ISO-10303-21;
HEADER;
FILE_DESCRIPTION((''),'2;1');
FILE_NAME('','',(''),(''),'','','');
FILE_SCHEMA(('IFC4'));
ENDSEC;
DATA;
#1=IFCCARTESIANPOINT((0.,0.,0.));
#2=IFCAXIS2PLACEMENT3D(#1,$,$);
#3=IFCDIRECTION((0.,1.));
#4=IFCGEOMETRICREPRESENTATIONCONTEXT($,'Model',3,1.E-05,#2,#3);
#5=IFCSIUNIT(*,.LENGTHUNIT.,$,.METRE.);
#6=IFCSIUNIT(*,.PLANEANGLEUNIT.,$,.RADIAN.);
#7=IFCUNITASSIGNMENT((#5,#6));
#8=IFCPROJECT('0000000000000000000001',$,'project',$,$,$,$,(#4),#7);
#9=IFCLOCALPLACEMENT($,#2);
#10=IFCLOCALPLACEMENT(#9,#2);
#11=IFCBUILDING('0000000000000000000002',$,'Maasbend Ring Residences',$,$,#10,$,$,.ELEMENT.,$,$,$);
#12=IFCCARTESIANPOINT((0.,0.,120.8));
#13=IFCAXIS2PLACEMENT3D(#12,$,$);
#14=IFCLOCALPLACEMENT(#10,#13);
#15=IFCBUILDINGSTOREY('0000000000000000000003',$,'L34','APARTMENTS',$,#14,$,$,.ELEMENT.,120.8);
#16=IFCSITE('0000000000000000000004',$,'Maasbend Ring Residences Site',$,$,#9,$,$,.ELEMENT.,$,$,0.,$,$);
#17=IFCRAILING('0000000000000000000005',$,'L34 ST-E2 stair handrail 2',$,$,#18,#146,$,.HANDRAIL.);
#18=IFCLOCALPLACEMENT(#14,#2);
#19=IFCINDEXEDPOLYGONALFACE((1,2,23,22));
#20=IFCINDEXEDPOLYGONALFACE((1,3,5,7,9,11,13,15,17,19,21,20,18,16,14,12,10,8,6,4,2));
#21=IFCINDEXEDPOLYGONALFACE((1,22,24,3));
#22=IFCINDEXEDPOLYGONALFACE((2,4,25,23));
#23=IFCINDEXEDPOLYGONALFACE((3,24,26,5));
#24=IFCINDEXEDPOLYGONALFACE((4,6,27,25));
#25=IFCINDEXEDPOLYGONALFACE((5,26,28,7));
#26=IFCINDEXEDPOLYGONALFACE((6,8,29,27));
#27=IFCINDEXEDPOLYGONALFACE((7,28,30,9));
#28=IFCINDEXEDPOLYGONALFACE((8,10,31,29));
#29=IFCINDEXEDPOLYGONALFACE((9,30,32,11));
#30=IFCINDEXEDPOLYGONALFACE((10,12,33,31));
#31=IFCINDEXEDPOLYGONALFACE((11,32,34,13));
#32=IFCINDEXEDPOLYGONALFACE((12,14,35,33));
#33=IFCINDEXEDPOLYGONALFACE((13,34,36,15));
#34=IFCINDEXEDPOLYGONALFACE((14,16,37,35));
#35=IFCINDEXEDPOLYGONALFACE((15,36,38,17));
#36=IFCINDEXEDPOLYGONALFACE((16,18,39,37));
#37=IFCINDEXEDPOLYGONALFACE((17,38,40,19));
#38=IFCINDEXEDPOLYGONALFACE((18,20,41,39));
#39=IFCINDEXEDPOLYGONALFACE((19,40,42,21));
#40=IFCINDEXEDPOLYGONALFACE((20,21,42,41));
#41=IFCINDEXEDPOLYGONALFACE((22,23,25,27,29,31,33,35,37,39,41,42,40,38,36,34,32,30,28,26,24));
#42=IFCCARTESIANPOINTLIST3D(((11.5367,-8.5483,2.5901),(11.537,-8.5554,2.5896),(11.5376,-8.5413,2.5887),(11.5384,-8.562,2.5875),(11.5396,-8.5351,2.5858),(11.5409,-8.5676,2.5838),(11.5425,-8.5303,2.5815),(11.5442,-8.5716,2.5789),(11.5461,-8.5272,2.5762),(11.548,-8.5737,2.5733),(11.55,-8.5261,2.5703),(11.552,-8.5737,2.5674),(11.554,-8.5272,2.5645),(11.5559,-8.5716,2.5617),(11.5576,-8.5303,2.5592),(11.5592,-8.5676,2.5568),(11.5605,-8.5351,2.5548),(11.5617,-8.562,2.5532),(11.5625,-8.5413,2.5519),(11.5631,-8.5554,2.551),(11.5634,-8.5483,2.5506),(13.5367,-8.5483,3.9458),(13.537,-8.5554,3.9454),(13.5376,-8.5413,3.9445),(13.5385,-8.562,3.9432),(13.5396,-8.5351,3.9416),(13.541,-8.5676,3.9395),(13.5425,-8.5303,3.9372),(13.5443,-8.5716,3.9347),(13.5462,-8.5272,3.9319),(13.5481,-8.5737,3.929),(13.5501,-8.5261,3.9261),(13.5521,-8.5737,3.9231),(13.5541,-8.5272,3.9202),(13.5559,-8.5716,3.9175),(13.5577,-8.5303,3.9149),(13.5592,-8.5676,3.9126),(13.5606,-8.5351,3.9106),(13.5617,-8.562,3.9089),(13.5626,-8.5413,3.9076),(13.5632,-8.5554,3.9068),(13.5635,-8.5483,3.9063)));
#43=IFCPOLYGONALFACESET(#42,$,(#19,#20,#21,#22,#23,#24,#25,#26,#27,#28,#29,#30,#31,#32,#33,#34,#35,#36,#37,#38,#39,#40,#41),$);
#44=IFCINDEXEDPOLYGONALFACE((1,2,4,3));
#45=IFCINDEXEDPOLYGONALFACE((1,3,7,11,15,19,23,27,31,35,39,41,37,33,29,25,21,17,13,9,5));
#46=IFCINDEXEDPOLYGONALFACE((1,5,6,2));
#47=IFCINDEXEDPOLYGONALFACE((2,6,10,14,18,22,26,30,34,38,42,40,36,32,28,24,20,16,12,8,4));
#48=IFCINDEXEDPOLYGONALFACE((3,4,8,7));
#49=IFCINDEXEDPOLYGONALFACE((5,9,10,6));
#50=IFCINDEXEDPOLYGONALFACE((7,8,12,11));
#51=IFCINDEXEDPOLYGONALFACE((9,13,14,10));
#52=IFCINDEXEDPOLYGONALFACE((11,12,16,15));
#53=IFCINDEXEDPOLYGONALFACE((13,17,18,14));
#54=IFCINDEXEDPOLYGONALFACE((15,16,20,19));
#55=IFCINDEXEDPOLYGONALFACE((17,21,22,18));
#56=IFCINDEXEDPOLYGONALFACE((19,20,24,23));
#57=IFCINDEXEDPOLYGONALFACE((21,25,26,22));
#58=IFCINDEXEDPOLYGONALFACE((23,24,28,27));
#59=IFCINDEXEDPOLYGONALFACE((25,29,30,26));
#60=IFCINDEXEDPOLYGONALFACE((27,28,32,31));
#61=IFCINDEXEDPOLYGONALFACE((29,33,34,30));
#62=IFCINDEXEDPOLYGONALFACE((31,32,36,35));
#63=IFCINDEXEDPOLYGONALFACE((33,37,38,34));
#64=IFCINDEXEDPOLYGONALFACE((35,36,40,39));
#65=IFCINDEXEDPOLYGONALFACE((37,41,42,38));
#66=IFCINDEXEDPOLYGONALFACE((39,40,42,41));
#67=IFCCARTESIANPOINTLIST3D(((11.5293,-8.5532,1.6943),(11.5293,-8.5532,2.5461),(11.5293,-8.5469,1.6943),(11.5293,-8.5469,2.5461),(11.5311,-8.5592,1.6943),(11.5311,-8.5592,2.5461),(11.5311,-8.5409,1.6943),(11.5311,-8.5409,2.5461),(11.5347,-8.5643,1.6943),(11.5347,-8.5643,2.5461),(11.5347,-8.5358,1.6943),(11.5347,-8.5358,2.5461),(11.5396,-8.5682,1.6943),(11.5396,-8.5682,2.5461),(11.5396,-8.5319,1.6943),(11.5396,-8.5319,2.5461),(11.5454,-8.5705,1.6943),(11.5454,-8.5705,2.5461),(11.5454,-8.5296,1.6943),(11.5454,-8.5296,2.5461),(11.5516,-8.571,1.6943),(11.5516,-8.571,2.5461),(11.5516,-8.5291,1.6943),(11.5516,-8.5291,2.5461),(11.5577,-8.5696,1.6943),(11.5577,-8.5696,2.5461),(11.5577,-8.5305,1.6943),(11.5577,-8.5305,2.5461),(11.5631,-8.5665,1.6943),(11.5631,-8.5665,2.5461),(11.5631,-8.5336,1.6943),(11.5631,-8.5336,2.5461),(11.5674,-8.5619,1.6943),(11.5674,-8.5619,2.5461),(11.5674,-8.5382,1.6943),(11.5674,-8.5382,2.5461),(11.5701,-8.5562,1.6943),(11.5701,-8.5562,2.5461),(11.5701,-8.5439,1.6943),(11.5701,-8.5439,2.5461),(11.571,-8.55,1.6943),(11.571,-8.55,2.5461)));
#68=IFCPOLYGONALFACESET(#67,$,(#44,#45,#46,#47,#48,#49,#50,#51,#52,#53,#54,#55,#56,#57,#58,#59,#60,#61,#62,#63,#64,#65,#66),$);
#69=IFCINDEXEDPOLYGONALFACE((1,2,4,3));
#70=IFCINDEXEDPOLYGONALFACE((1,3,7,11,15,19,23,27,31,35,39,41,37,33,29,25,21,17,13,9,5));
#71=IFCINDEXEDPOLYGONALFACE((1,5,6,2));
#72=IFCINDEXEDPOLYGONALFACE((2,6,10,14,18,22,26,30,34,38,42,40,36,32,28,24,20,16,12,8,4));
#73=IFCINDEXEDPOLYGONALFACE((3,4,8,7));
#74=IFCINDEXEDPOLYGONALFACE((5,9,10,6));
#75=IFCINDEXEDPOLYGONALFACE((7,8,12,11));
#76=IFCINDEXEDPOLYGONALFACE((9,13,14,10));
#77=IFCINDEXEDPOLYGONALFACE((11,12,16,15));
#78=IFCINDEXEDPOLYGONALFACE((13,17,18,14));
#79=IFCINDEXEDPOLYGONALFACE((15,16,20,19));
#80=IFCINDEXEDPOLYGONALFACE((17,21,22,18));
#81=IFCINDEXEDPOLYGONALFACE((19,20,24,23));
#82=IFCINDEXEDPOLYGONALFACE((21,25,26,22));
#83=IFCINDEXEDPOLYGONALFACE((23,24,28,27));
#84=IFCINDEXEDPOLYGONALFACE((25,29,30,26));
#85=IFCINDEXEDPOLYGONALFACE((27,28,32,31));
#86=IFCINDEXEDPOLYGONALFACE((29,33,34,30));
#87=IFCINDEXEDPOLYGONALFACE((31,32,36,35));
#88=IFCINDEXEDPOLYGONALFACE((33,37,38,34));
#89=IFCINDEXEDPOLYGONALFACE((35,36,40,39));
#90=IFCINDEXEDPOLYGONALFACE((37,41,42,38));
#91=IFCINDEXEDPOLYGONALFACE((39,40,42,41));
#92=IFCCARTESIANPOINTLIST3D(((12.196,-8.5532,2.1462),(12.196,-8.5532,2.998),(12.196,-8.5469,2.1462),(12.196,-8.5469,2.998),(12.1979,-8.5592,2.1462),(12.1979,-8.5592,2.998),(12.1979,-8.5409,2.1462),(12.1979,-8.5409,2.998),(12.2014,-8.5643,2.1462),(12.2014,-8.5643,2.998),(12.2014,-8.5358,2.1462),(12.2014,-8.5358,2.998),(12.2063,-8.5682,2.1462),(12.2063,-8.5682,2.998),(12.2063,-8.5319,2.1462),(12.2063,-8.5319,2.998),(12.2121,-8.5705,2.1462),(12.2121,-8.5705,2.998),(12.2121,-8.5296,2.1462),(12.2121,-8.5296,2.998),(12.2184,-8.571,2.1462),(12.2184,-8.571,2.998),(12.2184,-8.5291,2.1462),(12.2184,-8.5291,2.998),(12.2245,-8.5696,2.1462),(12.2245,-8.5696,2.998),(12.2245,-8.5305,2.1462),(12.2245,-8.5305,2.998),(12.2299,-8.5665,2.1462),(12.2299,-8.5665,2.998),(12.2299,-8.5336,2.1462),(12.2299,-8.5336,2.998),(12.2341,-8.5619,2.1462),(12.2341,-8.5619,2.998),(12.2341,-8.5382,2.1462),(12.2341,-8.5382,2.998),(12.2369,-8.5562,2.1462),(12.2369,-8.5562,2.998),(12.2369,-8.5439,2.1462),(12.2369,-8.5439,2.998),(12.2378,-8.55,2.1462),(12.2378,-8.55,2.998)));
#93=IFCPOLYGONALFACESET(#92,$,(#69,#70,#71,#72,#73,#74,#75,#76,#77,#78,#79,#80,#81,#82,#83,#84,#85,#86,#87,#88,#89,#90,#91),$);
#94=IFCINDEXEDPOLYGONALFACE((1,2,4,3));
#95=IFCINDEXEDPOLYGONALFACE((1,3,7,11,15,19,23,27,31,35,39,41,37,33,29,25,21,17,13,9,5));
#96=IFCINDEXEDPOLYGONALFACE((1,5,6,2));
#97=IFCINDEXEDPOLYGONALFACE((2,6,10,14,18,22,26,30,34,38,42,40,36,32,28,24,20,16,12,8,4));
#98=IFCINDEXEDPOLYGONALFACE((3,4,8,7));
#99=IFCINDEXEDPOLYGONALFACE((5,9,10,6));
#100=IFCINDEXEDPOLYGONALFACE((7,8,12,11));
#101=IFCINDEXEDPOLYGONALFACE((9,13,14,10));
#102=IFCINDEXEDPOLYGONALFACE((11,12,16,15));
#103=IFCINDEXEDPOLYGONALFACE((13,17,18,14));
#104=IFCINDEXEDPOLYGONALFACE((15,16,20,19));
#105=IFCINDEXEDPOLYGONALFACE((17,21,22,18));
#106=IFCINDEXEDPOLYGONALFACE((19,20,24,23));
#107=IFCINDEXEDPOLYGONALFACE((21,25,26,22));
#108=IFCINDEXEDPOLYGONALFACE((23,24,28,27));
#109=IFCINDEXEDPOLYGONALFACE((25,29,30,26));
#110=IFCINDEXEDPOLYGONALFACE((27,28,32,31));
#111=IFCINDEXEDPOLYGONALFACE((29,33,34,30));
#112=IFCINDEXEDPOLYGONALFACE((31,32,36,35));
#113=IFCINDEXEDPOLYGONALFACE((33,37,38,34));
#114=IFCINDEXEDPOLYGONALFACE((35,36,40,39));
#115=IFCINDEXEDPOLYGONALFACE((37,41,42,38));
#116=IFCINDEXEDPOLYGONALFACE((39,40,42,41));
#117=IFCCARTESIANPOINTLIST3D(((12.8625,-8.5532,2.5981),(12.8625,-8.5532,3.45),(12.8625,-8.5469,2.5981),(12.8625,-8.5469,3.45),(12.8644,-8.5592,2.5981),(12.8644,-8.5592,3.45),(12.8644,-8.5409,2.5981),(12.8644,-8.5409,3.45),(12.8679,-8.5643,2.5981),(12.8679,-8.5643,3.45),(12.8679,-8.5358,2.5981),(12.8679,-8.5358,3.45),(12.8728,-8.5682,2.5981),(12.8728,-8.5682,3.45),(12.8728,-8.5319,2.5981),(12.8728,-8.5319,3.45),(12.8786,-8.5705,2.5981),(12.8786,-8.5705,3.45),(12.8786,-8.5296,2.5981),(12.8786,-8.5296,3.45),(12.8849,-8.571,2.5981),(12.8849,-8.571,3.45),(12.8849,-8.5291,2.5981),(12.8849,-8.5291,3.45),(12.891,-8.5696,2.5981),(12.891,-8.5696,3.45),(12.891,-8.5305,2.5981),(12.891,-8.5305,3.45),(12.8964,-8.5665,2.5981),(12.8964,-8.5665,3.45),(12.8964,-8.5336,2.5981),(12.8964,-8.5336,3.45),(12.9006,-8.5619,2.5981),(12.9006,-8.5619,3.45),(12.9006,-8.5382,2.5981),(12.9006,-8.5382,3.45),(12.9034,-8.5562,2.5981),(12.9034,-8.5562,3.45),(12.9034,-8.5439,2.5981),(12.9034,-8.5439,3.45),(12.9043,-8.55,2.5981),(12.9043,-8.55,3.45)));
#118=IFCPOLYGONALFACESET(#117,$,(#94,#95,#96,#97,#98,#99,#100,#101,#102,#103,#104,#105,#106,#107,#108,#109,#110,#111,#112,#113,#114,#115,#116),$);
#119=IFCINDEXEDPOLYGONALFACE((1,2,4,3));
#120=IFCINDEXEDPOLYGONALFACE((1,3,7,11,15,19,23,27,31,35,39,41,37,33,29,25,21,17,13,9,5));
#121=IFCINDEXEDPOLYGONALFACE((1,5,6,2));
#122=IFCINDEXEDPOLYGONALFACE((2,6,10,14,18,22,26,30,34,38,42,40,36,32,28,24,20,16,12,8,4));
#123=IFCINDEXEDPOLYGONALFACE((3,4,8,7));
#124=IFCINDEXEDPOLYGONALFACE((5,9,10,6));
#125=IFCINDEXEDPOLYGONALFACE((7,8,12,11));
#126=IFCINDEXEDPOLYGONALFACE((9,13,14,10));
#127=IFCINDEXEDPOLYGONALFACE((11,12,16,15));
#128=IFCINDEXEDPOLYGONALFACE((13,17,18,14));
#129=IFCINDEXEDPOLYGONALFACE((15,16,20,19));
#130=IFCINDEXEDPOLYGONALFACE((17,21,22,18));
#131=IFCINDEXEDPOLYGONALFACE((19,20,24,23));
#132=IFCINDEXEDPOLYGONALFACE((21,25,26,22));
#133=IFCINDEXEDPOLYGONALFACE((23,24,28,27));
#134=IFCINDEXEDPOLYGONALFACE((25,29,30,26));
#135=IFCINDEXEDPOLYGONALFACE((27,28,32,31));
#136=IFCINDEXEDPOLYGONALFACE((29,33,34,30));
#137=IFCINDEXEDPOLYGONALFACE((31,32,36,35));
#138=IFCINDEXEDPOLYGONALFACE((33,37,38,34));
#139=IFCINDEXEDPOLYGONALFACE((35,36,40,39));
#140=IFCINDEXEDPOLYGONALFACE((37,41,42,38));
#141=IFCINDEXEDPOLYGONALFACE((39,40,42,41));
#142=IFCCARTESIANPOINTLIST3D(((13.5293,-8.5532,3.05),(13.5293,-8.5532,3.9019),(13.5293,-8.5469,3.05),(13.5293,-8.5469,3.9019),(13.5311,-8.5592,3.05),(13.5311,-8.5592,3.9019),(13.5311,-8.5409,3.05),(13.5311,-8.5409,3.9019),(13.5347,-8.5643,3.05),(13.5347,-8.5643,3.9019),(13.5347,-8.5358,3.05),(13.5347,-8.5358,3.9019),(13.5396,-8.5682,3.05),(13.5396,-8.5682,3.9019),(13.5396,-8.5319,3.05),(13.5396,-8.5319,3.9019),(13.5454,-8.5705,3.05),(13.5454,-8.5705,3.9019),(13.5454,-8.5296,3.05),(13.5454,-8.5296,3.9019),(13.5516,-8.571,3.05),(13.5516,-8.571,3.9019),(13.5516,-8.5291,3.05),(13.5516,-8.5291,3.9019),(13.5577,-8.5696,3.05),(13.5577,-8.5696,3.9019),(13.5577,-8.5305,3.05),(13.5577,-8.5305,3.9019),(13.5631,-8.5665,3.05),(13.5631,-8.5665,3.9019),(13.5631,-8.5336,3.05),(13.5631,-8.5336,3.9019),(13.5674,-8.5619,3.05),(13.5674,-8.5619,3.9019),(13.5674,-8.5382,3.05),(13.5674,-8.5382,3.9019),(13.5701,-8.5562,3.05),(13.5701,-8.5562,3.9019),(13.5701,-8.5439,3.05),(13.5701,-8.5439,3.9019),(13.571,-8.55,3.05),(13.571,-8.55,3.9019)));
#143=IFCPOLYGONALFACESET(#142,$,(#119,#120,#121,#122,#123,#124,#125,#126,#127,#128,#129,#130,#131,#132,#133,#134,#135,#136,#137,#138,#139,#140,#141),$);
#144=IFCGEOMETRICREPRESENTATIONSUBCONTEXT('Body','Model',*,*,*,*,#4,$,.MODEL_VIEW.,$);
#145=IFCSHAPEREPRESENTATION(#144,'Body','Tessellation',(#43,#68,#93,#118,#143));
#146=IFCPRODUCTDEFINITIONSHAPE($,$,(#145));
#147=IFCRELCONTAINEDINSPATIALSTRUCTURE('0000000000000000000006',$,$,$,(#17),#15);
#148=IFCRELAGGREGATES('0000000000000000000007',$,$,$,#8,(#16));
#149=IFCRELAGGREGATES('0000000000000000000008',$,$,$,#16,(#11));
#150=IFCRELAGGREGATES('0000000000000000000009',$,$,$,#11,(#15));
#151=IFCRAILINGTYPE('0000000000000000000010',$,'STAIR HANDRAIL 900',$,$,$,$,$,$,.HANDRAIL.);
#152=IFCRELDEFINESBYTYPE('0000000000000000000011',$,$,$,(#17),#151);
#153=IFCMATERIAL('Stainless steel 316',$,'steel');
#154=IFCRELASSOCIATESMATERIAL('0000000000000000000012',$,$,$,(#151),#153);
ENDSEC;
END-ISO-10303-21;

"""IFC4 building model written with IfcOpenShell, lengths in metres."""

from ifc_helpers import new_model, si_unit, direction, frame, origin, origin_2d, place, context, subcontext, project, spatial, circle, extrude, material, type_object, element, save


model = new_model("IFC4")

# Units and contexts
model_context = context("Model", 3, precision=1e-05, world=origin(), true_north=direction((0.0, 1.0)))
body_context = subcontext(model_context, "Body", "Model", "MODEL_VIEW")
ifc_project = project(units=[si_unit("LENGTHUNIT", "METRE"), si_unit("PLANEANGLEUNIT", "RADIAN")], contexts=[model_context])

# Site, building, storey
site_placement = place(None, origin())
site = spatial("IfcSite", under=ifc_project, at=site_placement, Name="Maasbend Ring Residences Site", CompositionType="ELEMENT", RefElevation=0.0)
building_placement = place(site_placement, origin())
building = spatial("IfcBuilding", under=site, at=building_placement, Name="Maasbend Ring Residences", CompositionType="ELEMENT")
storey_placement = place(building_placement, frame((0.0, 0.0, 120.8)))
storey = spatial("IfcBuildingStorey", under=building, at=storey_placement, Name="L34", Description="APARTMENTS", CompositionType="ELEMENT", Elevation=120.8)

# Railing
ifc_material_1 = material(Name="Stainless steel 316", Category="steel")
railing_type = type_object("IfcRailingType", Name="STAIR HANDRAIL 900", PredefinedType="HANDRAIL", material=ifc_material_1)
railing_placement = place(storey_placement, frame((11.55, -8.55, 1.6943)))
element("IfcRailing", 1, at=railing_placement, inside=storey, type_object=railing_type, Name="L34 ST-E2 stair handrail 2", PredefinedType="HANDRAIL", context=body_context, shape_type="SweptSolid", body=[
    extrude(circle(Radius=0.0239, at=origin_2d()), frame((0.0, 0.0, 0.876), z_axis=(0.827751, 0.0, 0.561096), x_axis=(0.0, 1.0, 0.0)), (0.0, 0.0, 1.0), 2.4163),
    extrude(circle(Radius=0.021, at=origin_2d()), origin(), (0.0, 0.0, 1.0), 0.8518),
    extrude(circle(Radius=0.021, at=origin_2d()), frame((0.6667, 0.0, 0.4519)), (0.0, 0.0, 1.0), 0.8518),
    extrude(circle(Radius=0.021, at=origin_2d()), frame((1.3333, 0.0, 0.9038)), (0.0, 0.0, 1.0), 0.8518),
    extrude(circle(Radius=0.021, at=origin_2d()), frame((2.0, 0.0, 1.3557)), (0.0, 0.0, 1.0), 0.8518),
])

save(model, "model.ifc")
